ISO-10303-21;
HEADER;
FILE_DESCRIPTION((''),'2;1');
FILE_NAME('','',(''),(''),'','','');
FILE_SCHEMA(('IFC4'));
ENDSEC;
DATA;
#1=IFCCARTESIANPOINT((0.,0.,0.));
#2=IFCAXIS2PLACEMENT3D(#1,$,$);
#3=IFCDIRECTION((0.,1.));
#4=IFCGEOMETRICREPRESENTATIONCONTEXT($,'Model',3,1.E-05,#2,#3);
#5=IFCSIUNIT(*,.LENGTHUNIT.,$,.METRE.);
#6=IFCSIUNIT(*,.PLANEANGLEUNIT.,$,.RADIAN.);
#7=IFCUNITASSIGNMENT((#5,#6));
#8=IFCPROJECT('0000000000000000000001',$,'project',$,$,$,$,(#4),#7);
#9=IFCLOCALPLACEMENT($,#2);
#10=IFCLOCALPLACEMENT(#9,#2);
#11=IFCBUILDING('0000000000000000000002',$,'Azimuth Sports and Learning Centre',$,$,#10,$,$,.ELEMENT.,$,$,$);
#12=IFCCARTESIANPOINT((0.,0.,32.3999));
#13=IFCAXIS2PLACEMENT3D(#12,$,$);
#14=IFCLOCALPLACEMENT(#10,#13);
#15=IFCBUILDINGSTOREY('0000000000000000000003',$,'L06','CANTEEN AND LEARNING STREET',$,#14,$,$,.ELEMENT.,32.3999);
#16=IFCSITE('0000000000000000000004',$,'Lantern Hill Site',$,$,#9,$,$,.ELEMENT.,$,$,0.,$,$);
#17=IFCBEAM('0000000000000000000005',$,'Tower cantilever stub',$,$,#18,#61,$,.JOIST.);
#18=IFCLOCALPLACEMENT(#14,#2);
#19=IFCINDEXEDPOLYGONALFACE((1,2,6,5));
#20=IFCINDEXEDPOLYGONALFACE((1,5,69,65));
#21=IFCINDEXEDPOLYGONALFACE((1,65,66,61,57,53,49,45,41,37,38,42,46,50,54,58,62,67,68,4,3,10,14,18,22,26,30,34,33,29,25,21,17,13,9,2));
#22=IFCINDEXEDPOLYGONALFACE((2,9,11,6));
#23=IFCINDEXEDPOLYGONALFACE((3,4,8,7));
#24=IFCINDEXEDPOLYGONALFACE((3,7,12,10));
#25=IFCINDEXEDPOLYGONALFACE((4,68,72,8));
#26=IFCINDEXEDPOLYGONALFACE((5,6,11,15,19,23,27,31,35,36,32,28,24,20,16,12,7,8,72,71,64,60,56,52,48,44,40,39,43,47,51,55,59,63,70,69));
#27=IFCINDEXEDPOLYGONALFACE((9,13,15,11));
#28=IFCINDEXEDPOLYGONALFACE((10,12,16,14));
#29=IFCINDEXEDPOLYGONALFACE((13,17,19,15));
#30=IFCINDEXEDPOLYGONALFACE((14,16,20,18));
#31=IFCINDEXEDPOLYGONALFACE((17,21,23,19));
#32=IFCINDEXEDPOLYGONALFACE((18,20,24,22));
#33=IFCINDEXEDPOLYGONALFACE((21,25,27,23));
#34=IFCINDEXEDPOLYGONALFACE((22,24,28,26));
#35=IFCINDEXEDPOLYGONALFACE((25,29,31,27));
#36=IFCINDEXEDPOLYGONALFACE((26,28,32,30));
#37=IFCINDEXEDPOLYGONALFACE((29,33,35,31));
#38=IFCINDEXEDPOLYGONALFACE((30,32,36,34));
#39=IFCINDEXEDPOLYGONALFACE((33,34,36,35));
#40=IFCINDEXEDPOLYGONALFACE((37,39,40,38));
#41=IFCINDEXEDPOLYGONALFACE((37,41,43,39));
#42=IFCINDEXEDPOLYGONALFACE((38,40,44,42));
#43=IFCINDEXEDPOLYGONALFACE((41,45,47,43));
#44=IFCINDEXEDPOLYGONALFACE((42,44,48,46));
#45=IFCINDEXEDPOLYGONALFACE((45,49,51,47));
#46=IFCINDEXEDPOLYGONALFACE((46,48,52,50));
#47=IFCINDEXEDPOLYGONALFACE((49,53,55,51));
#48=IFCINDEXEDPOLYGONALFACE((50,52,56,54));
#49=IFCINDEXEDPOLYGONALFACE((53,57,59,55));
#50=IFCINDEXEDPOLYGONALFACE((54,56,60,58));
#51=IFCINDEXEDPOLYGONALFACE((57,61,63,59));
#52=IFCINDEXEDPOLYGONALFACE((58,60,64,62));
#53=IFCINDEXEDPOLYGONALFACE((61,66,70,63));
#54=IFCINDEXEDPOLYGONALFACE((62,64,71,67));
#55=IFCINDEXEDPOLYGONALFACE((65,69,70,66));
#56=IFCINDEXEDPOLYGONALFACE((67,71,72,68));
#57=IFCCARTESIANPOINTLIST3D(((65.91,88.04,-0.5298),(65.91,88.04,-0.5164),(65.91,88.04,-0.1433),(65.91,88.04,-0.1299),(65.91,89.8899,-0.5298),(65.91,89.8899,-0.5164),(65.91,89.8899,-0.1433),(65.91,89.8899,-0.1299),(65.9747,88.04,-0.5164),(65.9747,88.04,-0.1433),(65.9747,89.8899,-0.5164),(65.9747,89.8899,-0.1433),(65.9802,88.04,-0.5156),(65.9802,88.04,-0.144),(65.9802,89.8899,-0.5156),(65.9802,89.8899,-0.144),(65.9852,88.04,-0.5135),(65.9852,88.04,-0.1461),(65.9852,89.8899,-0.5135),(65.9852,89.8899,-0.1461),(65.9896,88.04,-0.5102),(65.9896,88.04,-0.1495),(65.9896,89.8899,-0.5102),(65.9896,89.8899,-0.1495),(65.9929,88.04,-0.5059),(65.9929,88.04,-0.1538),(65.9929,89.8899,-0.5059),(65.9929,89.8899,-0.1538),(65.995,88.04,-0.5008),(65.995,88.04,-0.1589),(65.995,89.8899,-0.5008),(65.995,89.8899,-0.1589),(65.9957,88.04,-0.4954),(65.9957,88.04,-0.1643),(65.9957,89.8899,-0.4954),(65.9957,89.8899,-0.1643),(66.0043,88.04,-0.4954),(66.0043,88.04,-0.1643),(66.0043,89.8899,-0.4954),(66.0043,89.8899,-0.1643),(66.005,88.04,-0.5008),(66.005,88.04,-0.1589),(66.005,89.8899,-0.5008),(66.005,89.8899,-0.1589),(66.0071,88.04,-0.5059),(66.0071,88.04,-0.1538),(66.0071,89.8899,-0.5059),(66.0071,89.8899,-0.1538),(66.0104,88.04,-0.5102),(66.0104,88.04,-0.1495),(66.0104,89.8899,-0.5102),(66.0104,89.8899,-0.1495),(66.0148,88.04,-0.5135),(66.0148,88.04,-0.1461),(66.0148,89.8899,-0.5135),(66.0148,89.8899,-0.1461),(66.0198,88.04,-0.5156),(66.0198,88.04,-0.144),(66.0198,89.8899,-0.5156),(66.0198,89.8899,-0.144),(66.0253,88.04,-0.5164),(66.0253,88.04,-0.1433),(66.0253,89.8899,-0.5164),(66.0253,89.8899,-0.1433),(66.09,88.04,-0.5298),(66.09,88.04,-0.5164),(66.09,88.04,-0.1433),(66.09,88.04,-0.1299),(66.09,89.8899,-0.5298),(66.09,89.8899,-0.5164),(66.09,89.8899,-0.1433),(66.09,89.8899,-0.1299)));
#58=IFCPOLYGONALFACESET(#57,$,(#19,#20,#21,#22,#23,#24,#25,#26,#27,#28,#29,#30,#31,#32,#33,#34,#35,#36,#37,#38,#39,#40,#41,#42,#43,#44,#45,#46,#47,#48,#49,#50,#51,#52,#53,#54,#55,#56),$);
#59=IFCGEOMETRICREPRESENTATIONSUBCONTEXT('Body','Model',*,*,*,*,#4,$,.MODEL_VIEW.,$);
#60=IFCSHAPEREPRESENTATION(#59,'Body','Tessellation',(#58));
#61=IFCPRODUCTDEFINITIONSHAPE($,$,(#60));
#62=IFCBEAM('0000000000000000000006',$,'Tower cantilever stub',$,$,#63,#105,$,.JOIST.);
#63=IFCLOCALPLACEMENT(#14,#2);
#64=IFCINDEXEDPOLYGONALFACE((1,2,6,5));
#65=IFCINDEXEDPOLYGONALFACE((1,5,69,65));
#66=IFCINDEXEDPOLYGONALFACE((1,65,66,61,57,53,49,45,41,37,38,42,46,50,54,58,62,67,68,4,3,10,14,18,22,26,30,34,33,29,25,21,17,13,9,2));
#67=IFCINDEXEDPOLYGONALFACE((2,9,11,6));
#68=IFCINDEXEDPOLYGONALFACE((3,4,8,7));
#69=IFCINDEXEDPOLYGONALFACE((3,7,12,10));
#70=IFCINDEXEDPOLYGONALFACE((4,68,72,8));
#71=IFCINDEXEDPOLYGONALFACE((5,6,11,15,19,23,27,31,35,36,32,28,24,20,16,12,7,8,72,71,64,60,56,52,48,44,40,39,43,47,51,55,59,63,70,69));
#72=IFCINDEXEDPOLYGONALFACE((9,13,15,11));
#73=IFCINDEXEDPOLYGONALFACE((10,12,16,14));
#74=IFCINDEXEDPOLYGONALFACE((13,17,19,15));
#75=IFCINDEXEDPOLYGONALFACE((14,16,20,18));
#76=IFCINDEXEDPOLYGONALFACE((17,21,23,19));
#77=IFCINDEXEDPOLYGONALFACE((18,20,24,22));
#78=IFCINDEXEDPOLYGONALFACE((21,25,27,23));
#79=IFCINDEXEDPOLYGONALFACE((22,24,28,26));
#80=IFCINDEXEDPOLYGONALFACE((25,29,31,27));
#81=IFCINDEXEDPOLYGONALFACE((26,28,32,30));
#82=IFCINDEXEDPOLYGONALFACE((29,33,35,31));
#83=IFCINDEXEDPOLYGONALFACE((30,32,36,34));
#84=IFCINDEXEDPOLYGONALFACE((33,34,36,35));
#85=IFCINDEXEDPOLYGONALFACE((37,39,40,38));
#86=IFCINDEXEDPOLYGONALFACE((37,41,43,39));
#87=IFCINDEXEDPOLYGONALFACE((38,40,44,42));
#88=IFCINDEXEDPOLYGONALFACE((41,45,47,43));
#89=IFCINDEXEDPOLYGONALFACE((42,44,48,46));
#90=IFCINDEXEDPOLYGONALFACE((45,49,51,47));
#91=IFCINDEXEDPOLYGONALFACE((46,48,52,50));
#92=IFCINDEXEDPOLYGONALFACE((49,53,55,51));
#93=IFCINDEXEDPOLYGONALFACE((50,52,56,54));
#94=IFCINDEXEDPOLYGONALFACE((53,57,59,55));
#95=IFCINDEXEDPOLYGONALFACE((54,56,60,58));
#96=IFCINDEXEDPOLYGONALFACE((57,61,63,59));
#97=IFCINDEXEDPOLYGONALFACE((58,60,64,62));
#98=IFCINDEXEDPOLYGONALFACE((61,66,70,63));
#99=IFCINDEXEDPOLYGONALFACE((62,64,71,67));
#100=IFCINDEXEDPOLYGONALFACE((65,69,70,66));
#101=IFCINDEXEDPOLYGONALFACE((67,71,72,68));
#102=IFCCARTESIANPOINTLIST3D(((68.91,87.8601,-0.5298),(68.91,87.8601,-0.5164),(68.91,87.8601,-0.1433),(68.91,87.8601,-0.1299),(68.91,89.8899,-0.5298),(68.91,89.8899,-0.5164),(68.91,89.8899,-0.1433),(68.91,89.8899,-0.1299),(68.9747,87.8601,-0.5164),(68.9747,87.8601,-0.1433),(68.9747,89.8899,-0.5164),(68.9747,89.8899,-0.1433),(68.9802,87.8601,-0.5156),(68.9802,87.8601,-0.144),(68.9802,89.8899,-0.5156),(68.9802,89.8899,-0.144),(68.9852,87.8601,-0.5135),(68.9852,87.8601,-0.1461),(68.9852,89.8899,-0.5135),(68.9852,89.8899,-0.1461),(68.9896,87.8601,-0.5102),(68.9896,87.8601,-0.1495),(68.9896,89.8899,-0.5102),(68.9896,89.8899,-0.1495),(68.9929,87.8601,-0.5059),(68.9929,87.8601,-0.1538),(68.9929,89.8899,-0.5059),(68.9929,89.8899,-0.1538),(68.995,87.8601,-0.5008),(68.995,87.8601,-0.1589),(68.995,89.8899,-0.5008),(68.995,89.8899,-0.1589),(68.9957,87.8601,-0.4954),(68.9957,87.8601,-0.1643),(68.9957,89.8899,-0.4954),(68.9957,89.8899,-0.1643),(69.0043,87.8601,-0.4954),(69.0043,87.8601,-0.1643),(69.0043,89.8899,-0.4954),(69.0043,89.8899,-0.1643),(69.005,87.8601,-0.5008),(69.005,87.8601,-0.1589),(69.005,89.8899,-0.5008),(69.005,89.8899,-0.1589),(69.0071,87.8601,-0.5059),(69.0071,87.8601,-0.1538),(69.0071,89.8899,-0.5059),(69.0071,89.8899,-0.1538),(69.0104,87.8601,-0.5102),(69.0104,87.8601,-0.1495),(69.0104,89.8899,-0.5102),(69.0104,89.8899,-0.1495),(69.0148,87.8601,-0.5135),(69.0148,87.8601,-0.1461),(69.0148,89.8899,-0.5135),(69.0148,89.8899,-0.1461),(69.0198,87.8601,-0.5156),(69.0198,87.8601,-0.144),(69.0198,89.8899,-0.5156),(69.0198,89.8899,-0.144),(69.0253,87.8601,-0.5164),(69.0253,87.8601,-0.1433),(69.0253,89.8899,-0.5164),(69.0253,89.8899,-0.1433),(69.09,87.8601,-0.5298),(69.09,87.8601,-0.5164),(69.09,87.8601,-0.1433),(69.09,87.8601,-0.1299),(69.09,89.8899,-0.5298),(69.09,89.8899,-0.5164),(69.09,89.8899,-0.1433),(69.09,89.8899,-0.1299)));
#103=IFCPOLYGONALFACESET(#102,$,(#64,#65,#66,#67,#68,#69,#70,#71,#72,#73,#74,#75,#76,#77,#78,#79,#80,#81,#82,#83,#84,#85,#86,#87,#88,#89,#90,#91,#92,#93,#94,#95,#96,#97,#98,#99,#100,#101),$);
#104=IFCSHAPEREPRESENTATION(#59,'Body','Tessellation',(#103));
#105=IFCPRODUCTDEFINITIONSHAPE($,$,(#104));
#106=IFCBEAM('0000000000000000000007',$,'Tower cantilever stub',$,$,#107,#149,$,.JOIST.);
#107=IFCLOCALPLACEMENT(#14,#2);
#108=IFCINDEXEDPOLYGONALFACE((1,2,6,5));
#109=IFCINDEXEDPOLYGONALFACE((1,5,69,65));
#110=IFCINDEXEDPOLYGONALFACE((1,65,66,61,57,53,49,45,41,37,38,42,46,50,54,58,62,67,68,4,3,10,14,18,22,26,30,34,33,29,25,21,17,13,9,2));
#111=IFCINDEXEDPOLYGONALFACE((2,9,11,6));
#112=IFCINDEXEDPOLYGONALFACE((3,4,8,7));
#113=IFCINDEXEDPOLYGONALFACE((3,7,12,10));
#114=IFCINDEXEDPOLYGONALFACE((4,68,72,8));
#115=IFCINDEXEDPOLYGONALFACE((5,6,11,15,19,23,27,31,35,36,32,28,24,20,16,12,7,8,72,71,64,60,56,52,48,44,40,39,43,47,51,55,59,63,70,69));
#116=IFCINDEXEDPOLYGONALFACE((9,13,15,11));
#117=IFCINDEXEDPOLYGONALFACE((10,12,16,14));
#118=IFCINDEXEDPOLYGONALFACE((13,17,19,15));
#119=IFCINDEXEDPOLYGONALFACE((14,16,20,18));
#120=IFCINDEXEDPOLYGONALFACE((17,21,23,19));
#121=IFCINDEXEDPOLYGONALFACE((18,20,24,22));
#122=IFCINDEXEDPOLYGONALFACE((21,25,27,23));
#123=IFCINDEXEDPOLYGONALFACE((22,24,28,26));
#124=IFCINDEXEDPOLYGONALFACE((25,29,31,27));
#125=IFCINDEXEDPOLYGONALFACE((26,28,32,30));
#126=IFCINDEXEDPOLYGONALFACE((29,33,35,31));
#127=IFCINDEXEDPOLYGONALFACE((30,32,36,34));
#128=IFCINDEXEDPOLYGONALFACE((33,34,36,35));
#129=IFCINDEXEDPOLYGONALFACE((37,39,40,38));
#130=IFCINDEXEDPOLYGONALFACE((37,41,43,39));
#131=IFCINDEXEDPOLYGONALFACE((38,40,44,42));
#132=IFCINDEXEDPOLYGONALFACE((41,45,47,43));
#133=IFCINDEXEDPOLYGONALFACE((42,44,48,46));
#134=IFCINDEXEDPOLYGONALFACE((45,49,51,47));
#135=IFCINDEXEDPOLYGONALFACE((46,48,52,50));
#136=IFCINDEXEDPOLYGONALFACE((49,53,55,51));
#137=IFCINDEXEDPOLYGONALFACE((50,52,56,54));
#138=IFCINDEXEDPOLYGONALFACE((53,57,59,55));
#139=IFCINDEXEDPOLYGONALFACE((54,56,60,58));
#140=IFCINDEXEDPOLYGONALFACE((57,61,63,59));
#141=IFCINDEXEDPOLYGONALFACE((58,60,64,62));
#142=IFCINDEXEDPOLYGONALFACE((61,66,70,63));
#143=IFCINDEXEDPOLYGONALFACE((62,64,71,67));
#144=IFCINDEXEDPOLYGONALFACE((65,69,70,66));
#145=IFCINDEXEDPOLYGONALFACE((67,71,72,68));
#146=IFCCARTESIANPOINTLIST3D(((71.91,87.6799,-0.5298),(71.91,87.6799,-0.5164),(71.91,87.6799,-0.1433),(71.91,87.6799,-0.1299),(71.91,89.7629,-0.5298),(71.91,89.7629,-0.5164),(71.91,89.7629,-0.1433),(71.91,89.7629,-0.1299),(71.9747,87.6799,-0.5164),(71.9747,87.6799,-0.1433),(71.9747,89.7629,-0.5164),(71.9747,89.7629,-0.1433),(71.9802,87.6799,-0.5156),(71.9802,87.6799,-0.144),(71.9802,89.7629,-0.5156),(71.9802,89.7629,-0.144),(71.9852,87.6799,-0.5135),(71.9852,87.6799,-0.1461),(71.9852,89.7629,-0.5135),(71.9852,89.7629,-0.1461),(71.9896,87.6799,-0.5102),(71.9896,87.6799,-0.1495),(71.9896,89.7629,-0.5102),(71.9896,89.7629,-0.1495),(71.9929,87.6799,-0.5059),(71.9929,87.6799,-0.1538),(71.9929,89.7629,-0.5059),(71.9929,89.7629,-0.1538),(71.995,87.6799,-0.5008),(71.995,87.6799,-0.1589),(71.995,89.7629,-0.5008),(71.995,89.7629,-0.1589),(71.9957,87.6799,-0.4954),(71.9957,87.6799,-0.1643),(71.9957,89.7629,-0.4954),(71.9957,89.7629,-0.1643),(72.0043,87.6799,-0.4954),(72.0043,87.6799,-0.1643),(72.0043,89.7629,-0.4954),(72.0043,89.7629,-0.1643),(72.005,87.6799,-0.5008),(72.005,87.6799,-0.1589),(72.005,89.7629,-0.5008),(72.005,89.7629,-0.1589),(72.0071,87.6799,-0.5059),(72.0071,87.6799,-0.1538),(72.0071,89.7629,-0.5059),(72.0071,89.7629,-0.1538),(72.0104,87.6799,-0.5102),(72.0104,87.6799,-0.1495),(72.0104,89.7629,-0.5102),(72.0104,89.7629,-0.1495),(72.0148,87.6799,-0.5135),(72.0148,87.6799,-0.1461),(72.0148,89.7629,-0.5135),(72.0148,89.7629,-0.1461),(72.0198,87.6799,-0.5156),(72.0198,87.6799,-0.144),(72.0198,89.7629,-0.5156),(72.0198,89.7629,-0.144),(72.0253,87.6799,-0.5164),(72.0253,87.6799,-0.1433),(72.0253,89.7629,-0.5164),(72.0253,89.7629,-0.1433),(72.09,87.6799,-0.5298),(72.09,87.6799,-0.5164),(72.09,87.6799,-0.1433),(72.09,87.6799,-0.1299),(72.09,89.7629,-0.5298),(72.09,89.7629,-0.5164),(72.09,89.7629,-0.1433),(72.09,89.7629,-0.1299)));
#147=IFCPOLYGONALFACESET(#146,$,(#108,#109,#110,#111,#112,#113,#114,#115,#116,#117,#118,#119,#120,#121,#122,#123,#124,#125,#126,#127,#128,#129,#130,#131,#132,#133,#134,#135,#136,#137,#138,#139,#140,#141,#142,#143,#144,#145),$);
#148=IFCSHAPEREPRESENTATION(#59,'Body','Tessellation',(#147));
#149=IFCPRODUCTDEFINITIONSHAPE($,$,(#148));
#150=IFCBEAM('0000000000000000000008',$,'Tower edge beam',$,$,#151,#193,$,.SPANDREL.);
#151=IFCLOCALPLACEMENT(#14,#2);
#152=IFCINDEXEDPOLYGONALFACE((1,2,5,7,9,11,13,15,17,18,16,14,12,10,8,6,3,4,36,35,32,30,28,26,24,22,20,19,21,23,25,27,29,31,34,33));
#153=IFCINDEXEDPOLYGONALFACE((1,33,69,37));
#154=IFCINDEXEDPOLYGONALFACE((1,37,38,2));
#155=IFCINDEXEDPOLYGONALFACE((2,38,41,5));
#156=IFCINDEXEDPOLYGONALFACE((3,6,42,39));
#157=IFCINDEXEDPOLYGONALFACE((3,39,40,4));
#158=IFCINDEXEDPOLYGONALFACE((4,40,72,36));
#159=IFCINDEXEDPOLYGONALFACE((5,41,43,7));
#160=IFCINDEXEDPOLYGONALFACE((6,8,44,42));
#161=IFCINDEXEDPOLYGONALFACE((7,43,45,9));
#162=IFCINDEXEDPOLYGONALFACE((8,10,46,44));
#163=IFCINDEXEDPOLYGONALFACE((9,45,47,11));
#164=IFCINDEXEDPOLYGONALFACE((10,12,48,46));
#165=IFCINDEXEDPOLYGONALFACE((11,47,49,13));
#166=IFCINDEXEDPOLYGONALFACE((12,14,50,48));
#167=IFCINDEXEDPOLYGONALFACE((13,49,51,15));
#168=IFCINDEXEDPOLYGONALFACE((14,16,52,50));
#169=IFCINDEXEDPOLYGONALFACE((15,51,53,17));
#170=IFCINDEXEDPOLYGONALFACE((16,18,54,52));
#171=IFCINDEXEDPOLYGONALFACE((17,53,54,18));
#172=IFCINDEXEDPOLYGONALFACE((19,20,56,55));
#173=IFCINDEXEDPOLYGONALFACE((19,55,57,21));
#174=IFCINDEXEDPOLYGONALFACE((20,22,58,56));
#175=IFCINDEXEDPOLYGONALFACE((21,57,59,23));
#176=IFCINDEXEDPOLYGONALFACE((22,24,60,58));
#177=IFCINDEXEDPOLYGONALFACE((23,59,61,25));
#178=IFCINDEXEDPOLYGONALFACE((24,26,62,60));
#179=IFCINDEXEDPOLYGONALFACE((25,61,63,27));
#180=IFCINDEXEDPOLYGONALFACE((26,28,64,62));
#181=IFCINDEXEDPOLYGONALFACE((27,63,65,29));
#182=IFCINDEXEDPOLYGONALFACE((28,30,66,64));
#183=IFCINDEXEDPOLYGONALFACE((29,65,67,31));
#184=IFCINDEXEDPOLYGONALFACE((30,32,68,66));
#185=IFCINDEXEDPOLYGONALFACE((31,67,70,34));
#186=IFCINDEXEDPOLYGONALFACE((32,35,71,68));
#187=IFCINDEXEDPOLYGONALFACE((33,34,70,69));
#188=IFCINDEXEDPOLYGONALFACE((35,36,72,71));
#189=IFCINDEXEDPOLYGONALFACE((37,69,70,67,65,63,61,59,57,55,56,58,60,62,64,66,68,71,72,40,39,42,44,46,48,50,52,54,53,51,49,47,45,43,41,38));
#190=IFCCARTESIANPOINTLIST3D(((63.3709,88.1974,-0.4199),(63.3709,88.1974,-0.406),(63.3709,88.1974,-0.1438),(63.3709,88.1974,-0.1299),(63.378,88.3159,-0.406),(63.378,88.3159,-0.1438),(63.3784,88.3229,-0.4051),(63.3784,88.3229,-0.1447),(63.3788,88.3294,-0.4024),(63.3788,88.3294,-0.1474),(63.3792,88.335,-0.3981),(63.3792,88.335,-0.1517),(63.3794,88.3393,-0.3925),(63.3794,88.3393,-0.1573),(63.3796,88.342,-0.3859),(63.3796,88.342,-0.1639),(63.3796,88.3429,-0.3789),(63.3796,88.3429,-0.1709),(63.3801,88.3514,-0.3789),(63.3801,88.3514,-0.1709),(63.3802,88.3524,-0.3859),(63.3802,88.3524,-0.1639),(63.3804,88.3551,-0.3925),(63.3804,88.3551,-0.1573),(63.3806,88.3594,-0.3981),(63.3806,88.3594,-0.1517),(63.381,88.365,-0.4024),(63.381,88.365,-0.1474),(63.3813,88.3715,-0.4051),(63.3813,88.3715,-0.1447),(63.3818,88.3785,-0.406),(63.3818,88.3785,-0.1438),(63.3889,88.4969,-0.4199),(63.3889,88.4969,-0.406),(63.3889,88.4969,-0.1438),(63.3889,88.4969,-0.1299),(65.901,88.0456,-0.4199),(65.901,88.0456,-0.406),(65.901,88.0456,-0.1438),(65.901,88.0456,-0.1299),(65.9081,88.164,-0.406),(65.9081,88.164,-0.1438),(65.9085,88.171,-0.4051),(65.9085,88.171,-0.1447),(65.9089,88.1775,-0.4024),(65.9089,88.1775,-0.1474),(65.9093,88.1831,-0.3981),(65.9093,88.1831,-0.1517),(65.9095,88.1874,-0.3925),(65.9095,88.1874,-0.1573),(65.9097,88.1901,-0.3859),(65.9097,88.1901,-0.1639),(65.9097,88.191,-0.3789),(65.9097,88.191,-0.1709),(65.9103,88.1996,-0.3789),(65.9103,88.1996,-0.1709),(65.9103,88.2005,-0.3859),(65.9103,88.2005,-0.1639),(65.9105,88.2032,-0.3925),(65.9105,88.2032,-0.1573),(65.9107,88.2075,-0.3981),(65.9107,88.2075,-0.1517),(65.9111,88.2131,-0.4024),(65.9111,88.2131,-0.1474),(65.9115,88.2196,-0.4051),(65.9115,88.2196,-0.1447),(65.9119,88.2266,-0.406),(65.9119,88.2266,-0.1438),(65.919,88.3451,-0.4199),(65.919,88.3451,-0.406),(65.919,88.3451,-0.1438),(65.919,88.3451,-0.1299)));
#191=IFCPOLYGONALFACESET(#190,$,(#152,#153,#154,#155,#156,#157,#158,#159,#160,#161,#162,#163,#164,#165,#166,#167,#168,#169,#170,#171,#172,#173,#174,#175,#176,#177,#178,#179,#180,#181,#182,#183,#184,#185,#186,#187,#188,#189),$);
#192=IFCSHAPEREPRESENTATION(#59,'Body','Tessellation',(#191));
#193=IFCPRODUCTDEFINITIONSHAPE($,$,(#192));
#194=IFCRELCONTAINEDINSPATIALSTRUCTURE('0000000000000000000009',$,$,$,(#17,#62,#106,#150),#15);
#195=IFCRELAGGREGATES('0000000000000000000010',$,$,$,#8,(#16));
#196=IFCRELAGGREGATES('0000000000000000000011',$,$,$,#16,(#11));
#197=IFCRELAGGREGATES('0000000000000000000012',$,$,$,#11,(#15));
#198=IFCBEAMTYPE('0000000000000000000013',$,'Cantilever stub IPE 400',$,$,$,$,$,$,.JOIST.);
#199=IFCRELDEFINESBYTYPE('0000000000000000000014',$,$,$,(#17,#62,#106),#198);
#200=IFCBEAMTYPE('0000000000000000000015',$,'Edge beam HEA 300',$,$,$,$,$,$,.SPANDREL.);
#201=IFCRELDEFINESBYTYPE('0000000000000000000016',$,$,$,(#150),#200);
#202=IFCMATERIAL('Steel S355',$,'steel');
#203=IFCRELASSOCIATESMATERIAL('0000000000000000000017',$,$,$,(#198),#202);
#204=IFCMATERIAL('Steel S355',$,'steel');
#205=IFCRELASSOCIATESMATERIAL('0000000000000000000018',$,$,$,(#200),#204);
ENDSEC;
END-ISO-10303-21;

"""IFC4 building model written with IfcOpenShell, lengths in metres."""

from ifc_helpers import new_model, si_unit, direction, frame, origin, origin_2d, place, context, subcontext, project, spatial, i_section, extrude, material, material_profile, profile_set, type_object, element, save


model = new_model("IFC4")

# Units and contexts
model_context = context("Model", 3, precision=1e-05, world=origin(), true_north=direction((0.0, 1.0)))
body_context = subcontext(model_context, "Body", "Model", "MODEL_VIEW")
ifc_project = project(units=[si_unit("LENGTHUNIT", "METRE"), si_unit("PLANEANGLEUNIT", "RADIAN")], contexts=[model_context])

# Site, building, storey
site_placement = place(None, origin())
site = spatial("IfcSite", under=ifc_project, at=site_placement, Name="Lantern Hill Site", CompositionType="ELEMENT", RefElevation=0.0)
building_placement = place(site_placement, origin())
building = spatial("IfcBuilding", under=site, at=building_placement, Name="Azimuth Sports and Learning Centre", CompositionType="ELEMENT")
storey_placement = place(building_placement, frame((0.0, 0.0, 32.3999)))
storey = spatial("IfcBuildingStorey", under=building, at=storey_placement, Name="L06", Description="CANTEEN AND LEARNING STREET", CompositionType="ELEMENT", Elevation=32.3999)

# Beams
ifc_material_1 = material(Name="Steel S355", Category="steel")
ifc_material_profile_1 = material_profile(ifc_material_1, i_section(OverallWidth=0.1799, OverallDepth=0.3999, WebThickness=0.0085, FlangeThickness=0.0134, FilletRadius=0.021, at=origin_2d()), Name="IPE 400")
ifc_profile_set_1 = profile_set([ifc_material_profile_1], Name="Steel S355")
beam_type_1 = type_object("IfcBeamType", Name="Cantilever stub IPE 400", PredefinedType="JOIST", material=ifc_profile_set_1)
beam_1_placement = place(storey_placement, frame((66.0, 89.8899, -0.3298), z_axis=(0.0, -1.0, 0.0), x_axis=(1.0, 0.0, 0.0)))
element("IfcBeam", 1, at=beam_1_placement, inside=storey, type_object=beam_type_1, Name="Tower cantilever stub", PredefinedType="JOIST", context=body_context, shape_type="SweptSolid", body=[
    extrude(i_section(OverallWidth=0.1799, OverallDepth=0.3999, WebThickness=0.0085, FlangeThickness=0.0134, FilletRadius=0.021, at=origin_2d()), origin(), (0.0, 0.0, 1.0), 1.8499),
])
beam_2_placement = place(storey_placement, frame((69.0, 89.8899, -0.3298), z_axis=(0.0, -1.0, 0.0), x_axis=(1.0, 0.0, 0.0)))
element("IfcBeam", 2, at=beam_2_placement, inside=storey, type_object=beam_type_1, Name="Tower cantilever stub", PredefinedType="JOIST", context=body_context, shape_type="SweptSolid", body=[
    extrude(i_section(OverallWidth=0.1799, OverallDepth=0.3999, WebThickness=0.0085, FlangeThickness=0.0134, FilletRadius=0.021, at=origin_2d()), origin(), (0.0, 0.0, 1.0), 2.0298),
])
beam_3_placement = place(storey_placement, frame((72.0, 89.7629, -0.3298), z_axis=(0.0, -1.0, 0.0), x_axis=(1.0, 0.0, 0.0)))
element("IfcBeam", 3, at=beam_3_placement, inside=storey, type_object=beam_type_1, Name="Tower cantilever stub", PredefinedType="JOIST", context=body_context, shape_type="SweptSolid", body=[
    extrude(i_section(OverallWidth=0.1799, OverallDepth=0.3999, WebThickness=0.0085, FlangeThickness=0.0134, FilletRadius=0.021, at=origin_2d()), origin(), (0.0, 0.0, 1.0), 2.083),
])
ifc_material_2 = material(Name="Steel S355", Category="steel")
ifc_material_profile_2 = material_profile(ifc_material_2, i_section(OverallWidth=0.3, OverallDepth=0.29, WebThickness=0.0085, FlangeThickness=0.0139, FilletRadius=0.0271, at=origin_2d()), Name="HEA 300")
ifc_profile_set_2 = profile_set([ifc_material_profile_2], Name="Steel S355")
beam_type_2 = type_object("IfcBeamType", Name="Edge beam HEA 300", PredefinedType="SPANDREL", material=ifc_profile_set_2)
beam_4_placement = place(storey_placement, frame((63.3799, 88.3472, -0.2749), z_axis=(0.998204, -0.059913, 0.0), x_axis=(0.059913, 0.998204, 0.0)))
element("IfcBeam", 4, at=beam_4_placement, inside=storey, type_object=beam_type_2, Name="Tower edge beam", PredefinedType="SPANDREL", context=body_context, shape_type="SweptSolid", body=[
    extrude(i_section(OverallWidth=0.3, OverallDepth=0.29, WebThickness=0.0085, FlangeThickness=0.0139, FilletRadius=0.0271, at=origin_2d()), origin(), (0.0, 0.0, 1.0), 2.5347),
])

save(model, "model.ifc")
